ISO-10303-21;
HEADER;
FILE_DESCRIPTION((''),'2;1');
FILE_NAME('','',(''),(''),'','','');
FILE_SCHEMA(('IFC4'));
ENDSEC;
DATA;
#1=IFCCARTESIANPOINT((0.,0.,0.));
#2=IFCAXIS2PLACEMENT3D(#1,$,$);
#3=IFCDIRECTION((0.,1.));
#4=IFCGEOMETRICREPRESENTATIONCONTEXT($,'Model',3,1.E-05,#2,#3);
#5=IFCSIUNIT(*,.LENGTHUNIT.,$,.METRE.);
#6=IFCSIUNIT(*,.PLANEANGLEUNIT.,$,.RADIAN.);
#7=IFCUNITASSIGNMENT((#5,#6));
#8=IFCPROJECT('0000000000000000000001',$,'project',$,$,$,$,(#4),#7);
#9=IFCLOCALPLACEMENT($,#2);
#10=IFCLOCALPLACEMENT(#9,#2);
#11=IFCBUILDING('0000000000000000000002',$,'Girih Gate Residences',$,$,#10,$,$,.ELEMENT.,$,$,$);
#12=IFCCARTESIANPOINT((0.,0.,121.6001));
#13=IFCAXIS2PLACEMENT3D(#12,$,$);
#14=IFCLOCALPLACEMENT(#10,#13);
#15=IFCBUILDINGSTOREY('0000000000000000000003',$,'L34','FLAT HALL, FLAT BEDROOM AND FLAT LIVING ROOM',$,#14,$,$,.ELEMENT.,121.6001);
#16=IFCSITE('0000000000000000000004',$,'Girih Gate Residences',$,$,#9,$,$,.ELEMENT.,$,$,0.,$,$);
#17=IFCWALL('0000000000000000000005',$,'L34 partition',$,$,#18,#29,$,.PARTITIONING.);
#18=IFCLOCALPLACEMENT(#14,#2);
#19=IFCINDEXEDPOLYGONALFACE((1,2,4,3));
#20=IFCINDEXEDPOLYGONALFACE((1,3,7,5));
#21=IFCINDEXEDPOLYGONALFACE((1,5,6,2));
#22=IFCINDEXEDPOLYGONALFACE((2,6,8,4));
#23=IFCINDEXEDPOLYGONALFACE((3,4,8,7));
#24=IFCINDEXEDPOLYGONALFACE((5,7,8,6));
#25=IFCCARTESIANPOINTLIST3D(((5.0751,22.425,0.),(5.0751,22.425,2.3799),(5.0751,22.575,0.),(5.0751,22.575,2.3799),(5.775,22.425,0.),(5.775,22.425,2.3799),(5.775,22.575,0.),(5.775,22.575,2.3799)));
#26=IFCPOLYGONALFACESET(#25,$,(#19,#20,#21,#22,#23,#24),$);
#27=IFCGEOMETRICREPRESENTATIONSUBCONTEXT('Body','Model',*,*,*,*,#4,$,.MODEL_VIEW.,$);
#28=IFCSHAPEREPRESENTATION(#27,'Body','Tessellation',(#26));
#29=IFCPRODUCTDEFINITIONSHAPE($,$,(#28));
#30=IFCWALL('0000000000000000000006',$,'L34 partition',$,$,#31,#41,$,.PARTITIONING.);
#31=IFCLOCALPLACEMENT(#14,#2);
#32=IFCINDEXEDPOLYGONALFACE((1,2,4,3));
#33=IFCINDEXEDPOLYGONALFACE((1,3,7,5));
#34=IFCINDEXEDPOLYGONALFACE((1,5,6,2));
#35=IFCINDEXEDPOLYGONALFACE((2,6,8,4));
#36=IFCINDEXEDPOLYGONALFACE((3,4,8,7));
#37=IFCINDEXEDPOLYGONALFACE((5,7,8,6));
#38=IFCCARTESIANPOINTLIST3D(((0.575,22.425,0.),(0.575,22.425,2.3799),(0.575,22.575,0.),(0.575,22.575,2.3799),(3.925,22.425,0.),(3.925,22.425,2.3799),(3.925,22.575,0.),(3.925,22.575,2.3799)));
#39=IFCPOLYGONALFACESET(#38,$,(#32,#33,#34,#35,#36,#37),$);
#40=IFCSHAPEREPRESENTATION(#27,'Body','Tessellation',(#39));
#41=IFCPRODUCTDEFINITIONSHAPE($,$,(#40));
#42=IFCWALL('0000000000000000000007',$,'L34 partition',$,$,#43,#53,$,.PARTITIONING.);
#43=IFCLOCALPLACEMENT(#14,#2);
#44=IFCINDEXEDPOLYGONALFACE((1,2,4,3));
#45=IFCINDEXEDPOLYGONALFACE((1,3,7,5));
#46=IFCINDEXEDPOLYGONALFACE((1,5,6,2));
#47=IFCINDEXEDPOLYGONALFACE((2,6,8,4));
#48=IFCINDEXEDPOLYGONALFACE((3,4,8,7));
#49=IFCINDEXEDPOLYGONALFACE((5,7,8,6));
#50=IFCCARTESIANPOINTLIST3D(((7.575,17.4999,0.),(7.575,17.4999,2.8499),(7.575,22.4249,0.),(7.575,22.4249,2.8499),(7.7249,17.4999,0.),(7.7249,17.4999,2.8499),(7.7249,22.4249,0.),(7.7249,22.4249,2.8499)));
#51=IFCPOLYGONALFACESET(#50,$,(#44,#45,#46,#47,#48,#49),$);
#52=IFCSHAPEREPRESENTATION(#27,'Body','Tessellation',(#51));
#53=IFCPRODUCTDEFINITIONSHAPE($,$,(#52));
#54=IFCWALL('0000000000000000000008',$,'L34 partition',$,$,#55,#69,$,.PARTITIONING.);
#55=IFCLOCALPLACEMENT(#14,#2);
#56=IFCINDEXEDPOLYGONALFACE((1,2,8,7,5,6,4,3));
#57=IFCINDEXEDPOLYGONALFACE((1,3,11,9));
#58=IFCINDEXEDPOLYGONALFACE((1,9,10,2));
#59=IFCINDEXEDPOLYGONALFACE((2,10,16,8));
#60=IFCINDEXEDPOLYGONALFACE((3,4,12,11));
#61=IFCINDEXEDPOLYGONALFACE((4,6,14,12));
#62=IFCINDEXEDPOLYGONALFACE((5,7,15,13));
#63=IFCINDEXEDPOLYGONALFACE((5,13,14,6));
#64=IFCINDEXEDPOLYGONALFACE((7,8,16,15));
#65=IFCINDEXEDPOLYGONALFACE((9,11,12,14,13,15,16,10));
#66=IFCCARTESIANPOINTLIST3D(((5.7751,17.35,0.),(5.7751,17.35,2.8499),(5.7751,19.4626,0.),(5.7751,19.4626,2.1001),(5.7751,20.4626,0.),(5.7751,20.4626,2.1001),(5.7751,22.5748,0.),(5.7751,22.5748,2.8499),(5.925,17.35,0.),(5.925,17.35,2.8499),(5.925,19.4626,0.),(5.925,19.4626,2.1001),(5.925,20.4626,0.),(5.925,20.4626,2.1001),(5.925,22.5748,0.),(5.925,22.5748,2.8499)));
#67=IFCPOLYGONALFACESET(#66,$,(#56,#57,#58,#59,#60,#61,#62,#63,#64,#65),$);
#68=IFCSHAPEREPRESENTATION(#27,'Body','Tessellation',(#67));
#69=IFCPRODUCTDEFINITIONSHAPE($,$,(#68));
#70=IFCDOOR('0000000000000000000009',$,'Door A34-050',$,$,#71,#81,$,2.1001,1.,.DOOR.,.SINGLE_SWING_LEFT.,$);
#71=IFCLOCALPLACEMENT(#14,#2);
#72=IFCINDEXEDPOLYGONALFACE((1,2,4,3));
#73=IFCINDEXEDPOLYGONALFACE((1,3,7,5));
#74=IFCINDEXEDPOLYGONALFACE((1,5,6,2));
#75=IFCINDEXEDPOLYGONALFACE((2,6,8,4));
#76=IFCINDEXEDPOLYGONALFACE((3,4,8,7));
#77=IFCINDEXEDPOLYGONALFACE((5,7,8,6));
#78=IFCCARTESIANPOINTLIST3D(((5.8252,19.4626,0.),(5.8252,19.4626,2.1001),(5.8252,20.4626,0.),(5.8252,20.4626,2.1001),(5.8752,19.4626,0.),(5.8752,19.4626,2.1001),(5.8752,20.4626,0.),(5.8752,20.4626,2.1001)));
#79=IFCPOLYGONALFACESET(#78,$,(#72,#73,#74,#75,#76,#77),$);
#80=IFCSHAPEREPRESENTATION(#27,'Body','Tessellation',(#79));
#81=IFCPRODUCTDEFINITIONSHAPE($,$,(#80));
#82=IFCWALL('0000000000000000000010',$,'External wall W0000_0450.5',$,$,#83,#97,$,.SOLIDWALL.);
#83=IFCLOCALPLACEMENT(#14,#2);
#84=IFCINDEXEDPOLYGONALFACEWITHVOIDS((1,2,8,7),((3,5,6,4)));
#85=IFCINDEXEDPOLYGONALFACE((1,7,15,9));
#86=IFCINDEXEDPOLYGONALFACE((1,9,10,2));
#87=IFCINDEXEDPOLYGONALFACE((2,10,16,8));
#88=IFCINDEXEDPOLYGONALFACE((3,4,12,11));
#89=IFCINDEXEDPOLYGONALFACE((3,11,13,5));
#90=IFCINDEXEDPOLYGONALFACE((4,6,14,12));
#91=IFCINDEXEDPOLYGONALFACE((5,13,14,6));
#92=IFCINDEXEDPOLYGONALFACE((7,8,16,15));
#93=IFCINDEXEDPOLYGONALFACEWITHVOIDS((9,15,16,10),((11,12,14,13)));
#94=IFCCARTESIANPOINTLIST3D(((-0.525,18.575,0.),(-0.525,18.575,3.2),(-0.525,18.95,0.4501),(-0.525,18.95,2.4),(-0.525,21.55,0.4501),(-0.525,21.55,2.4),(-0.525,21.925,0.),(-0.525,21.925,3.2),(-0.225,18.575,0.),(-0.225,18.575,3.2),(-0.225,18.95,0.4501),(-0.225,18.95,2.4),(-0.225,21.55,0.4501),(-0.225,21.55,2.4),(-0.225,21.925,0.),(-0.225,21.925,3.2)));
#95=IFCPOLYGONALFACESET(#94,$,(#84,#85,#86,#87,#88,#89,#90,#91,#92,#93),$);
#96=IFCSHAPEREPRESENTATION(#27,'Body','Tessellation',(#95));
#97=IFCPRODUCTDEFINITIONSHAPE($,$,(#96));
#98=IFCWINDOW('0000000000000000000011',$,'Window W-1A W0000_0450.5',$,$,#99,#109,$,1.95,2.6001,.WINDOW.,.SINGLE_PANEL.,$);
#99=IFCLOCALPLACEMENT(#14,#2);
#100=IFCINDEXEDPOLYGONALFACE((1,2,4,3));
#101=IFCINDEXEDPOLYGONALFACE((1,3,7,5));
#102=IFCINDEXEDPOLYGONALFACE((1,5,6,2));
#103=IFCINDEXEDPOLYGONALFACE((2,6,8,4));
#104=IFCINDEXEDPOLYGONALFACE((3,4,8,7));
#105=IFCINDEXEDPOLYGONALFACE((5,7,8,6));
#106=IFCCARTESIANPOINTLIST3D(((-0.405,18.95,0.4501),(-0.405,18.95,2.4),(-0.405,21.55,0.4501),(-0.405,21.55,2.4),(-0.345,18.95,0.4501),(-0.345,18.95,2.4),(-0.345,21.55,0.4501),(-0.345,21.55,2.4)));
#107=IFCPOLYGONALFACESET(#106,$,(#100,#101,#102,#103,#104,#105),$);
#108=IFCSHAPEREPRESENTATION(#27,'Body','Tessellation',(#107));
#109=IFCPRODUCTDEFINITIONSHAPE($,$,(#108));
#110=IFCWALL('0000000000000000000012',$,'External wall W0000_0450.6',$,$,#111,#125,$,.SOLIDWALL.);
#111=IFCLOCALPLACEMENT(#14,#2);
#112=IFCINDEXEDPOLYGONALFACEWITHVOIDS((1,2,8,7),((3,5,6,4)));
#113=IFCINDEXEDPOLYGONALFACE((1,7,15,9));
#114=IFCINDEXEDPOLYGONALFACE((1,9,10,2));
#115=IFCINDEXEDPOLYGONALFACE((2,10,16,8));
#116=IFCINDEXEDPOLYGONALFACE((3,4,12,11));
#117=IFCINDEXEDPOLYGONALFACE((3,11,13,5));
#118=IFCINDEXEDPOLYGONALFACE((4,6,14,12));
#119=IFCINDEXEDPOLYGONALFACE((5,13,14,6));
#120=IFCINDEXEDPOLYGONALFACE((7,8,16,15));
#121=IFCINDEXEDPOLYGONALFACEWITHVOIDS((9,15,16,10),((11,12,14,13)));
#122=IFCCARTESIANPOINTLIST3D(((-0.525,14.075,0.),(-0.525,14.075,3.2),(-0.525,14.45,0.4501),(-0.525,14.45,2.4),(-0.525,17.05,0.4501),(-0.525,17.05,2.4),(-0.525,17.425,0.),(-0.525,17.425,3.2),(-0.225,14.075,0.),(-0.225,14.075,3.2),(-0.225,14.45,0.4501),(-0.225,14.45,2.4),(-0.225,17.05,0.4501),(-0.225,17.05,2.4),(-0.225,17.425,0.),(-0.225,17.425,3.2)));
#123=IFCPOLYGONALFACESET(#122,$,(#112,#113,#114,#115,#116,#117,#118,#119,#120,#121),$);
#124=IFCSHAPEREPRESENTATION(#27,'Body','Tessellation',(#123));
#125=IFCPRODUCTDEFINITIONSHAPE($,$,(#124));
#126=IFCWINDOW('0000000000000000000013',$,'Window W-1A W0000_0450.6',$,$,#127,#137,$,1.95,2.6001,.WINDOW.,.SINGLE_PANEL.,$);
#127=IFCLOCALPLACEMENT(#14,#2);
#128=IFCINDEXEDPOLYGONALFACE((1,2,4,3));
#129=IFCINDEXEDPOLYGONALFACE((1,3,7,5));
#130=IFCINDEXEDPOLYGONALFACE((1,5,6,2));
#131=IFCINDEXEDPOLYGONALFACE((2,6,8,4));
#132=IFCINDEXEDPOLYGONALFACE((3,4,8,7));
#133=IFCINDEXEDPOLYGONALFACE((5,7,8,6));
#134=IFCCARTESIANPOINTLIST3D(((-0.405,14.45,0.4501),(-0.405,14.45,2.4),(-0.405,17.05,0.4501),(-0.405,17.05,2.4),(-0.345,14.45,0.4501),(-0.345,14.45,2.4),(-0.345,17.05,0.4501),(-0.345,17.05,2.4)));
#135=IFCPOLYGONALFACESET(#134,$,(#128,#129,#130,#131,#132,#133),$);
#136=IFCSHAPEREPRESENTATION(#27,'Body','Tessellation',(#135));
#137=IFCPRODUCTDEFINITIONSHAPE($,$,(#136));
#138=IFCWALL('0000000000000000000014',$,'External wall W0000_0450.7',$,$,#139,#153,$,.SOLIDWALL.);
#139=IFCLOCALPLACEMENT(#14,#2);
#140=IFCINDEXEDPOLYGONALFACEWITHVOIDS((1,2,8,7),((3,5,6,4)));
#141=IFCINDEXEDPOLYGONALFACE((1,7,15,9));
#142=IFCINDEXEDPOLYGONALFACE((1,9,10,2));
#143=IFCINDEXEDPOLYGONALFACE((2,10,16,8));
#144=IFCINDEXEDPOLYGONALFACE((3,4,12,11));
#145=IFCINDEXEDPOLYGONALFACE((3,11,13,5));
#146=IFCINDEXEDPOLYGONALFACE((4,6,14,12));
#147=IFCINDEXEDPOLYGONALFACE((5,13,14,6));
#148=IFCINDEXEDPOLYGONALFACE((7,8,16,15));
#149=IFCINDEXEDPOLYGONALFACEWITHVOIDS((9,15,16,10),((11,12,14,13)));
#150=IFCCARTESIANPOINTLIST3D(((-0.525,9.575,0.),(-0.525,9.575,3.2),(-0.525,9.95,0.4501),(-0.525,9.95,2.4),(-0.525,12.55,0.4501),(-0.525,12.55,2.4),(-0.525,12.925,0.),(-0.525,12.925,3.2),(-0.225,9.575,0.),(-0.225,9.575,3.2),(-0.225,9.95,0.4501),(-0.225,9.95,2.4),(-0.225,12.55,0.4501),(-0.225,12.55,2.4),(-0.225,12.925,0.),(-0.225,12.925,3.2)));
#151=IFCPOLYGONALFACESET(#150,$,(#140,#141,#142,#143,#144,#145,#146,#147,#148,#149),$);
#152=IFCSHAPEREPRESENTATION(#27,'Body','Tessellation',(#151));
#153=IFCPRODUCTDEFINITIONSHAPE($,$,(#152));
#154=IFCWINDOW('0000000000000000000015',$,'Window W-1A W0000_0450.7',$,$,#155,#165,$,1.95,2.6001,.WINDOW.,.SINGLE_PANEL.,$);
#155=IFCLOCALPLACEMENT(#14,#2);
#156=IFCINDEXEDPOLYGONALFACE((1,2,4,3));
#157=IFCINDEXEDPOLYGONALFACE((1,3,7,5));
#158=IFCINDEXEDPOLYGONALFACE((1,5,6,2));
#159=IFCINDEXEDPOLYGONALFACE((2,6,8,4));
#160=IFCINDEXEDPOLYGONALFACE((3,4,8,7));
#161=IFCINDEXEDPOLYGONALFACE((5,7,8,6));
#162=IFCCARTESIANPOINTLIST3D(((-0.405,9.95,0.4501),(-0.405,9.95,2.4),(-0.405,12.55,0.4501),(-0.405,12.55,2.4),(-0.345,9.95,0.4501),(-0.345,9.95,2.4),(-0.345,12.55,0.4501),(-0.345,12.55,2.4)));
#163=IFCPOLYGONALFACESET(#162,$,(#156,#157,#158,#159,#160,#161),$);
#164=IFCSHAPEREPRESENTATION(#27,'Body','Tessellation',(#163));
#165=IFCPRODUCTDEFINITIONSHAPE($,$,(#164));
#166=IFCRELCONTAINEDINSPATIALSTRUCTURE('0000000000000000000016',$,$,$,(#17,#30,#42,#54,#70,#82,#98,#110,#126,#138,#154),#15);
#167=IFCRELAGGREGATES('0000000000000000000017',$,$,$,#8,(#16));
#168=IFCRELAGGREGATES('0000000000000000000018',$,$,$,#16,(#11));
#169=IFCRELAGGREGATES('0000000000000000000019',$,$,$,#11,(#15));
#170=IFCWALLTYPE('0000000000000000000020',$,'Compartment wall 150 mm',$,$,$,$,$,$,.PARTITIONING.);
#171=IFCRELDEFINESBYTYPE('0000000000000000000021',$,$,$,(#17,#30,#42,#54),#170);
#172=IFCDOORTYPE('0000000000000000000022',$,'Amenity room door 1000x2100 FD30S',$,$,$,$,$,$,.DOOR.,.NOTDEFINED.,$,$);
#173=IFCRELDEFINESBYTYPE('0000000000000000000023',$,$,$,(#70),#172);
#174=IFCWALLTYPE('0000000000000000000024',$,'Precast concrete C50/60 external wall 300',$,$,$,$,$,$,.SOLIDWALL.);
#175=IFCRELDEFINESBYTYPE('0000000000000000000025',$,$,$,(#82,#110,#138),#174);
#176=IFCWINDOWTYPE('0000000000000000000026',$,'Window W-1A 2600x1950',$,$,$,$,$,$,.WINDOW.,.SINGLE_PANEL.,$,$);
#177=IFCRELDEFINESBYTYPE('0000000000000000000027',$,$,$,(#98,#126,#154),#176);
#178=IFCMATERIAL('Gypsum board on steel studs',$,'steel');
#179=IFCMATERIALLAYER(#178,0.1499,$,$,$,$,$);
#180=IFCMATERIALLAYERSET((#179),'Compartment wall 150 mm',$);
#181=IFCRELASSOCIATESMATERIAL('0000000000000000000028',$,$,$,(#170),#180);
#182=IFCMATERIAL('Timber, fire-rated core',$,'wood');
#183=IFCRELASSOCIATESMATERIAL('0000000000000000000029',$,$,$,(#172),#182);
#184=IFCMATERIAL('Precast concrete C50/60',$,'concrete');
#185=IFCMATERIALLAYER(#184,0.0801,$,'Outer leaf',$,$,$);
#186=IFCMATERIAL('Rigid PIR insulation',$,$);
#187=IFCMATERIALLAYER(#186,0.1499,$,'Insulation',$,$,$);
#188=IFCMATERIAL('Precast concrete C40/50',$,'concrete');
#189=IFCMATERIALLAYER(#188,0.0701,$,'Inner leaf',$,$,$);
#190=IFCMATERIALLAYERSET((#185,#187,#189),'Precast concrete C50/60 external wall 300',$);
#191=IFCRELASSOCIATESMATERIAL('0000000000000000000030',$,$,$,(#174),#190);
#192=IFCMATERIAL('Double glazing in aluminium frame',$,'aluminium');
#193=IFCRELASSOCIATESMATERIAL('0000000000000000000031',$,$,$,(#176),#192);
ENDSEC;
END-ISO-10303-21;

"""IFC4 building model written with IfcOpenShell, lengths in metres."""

from ifc_helpers import new_model, si_unit, direction, frame, frame_2d, origin, place, context, subcontext, project, spatial, rectangle, extrude, material, layer, layer_set, type_object, element, fill, save


model = new_model("IFC4")

# Units and contexts
model_context = context("Model", 3, precision=1e-05, world=origin(), true_north=direction((0.0, 1.0)))
body_context = subcontext(model_context, "Body", "Model", "MODEL_VIEW")
ifc_project = project(units=[si_unit("LENGTHUNIT", "METRE"), si_unit("PLANEANGLEUNIT", "RADIAN")], contexts=[model_context])

# Site, building, storey
site_placement = place(None, origin())
site = spatial("IfcSite", under=ifc_project, at=site_placement, Name="Girih Gate Residences", CompositionType="ELEMENT", RefElevation=0.0)
building_placement = place(site_placement, origin())
building = spatial("IfcBuilding", under=site, at=building_placement, Name="Girih Gate Residences", CompositionType="ELEMENT")
storey_placement = place(building_placement, frame((0.0, 0.0, 121.6001)))
storey = spatial("IfcBuildingStorey", under=building, at=storey_placement, Name="L34", Description="FLAT HALL, FLAT BEDROOM AND FLAT LIVING ROOM", CompositionType="ELEMENT", Elevation=121.6001)

# Shared definitions
ifc_material_1 = material(Name="Gypsum board on steel studs", Category="steel")
ifc_layer_1 = layer(ifc_material_1, 0.1499)
ifc_layer_set_1 = layer_set([ifc_layer_1], Name="Compartment wall 150 mm")
wall_type_1 = type_object("IfcWallType", Name="Compartment wall 150 mm", PredefinedType="PARTITIONING", material=ifc_layer_set_1)

# Walls
wall_1_placement = place(storey_placement, frame((5.075, 22.5, 0.0), z_axis=(0.0, 0.0, 1.0), x_axis=(1.0, 0.0, 0.0)))
element("IfcWall", 1, at=wall_1_placement, inside=storey, type_object=wall_type_1, Name="L34 partition", PredefinedType="PARTITIONING", context=body_context, shape_type="SweptSolid", body=[
    extrude(rectangle(XDim=0.7, YDim=0.1499, at=frame_2d((0.3501, 0.0))), origin(), (0.0, 0.0, 1.0), 2.3799),
])
wall_2_placement = place(storey_placement, frame((0.575, 22.5, 0.0), z_axis=(0.0, 0.0, 1.0), x_axis=(1.0, 0.0, 0.0)))
element("IfcWall", 2, at=wall_2_placement, inside=storey, type_object=wall_type_1, Name="L34 partition", PredefinedType="PARTITIONING", context=body_context, shape_type="SweptSolid", body=[
    extrude(rectangle(XDim=3.3501, YDim=0.1499, at=frame_2d((1.675, 0.0))), origin(), (0.0, 0.0, 1.0), 2.3799),
])
wall_3_placement = place(storey_placement, frame((7.6499, 17.5, 0.0), z_axis=(0.0, 0.0, 1.0), x_axis=(0.0, 1.0, 0.0)))
element("IfcWall", 3, at=wall_3_placement, inside=storey, type_object=wall_type_1, Name="L34 partition", PredefinedType="PARTITIONING", context=body_context, shape_type="SweptSolid", body=[
    extrude(rectangle(XDim=4.925, YDim=0.1499, at=frame_2d((2.4624, 0.0))), origin(), (0.0, 0.0, 1.0), 2.8499),
])

# Wall, opening, door
wall_4_placement = place(storey_placement, frame((5.8501, 17.3501, 0.0), z_axis=(0.0, 0.0, 1.0), x_axis=(0.0, 1.0, 0.0)))
wall_4 = element("IfcWall", 4, at=wall_4_placement, inside=storey, type_object=wall_type_1, Name="L34 partition", PredefinedType="PARTITIONING", context=body_context, shape_type="SweptSolid", body=[
    extrude(rectangle(XDim=5.2249, YDim=0.1499, at=frame_2d((2.6123, 0.0))), origin(), (0.0, 0.0, 1.0), 2.8499),
])
opening_1_placement = place(wall_4_placement, frame((2.1125, 0.0, 0.0)))
opening_1 = element("IfcOpeningElement", 5, at=opening_1_placement, cuts=wall_4, PredefinedType="OPENING", context=body_context, shape_type="SweptSolid", body=[
    extrude(rectangle(XDim=1.0, YDim=2.1001, at=frame_2d((0.5, 1.05))), frame((0.0, 0.085, 0.0), z_axis=(0.0, -1.0, 0.0), x_axis=(1.0, 0.0, 0.0)), (0.0, 0.0, 1.0), 0.1699),
])
ifc_material_2 = material(Name="Timber, fire-rated core", Category="wood")
door_type_1 = type_object("IfcDoorType", Name="Amenity room door 1000x2100 FD30S", OperationType="NOTDEFINED", PredefinedType="DOOR", material=ifc_material_2)
door_1_placement = place(opening_1_placement, origin())
door_1 = element("IfcDoor", 6, at=door_1_placement, inside=storey, type_object=door_type_1, Name="Door A34-050", OperationType="SINGLE_SWING_LEFT", OverallHeight=2.1001, OverallWidth=1.0, PredefinedType="DOOR", context=body_context, shape_type="SweptSolid", body=[
    extrude(rectangle(XDim=1.0, YDim=2.1001, at=frame_2d((0.5, 1.05))), frame((0.0, 0.0249, 0.0), z_axis=(0.0, -1.0, 0.0), x_axis=(1.0, 0.0, 0.0)), (0.0, 0.0, 1.0), 0.05),
])
fill(opening_1, door_1)

# Walls, openings, windows
ifc_material_3 = material(Name="Precast concrete C50/60", Category="concrete")
ifc_layer_2 = layer(ifc_material_3, 0.0801, Name="Outer leaf")
ifc_material_4 = material(Name="Rigid PIR insulation")
ifc_layer_3 = layer(ifc_material_4, 0.1499, Name="Insulation")
ifc_material_5 = material(Name="Precast concrete C40/50", Category="concrete")
ifc_layer_4 = layer(ifc_material_5, 0.0701, Name="Inner leaf")
ifc_layer_set_2 = layer_set([ifc_layer_2, ifc_layer_3, ifc_layer_4], Name="Precast concrete C50/60 external wall 300")
wall_type_2 = type_object("IfcWallType", Name="Precast concrete C50/60 external wall 300", PredefinedType="SOLIDWALL", material=ifc_layer_set_2)
wall_5_placement = place(storey_placement, frame((-0.375, 18.575, 0.0), z_axis=(0.0, 0.0, 1.0), x_axis=(0.0, 1.0, 0.0)))
wall_5 = element("IfcWall", 7, at=wall_5_placement, inside=storey, type_object=wall_type_2, Name="External wall W0000_0450.5", PredefinedType="SOLIDWALL", context=body_context, shape_type="SweptSolid", body=[
    extrude(rectangle(XDim=3.3501, YDim=0.3, at=frame_2d((1.675, 0.0))), origin(), (0.0, 0.0, 1.0), 3.2),
])
opening_2_placement = place(wall_5_placement, frame((0.375, 0.0, 0.45)))
opening_2 = element("IfcOpeningElement", 8, at=opening_2_placement, cuts=wall_5, PredefinedType="OPENING", context=body_context, shape_type="SweptSolid", body=[
    extrude(rectangle(XDim=2.6001, YDim=1.95, at=frame_2d((1.3, 0.9751))), frame((0.0, 0.1599, 0.0), z_axis=(0.0, -1.0, 0.0), x_axis=(1.0, 0.0, 0.0)), (0.0, 0.0, 1.0), 0.3201),
])
ifc_material_6 = material(Name="Double glazing in aluminium frame", Category="aluminium")
window_type = type_object("IfcWindowType", Name="Window W-1A 2600x1950", PartitioningType="SINGLE_PANEL", PredefinedType="WINDOW", material=ifc_material_6)
window_1_placement = place(opening_2_placement, origin())
window_1 = element("IfcWindow", 9, at=window_1_placement, inside=storey, type_object=window_type, Name="Window W-1A W0000_0450.5", OverallHeight=1.95, OverallWidth=2.6001, PartitioningType="SINGLE_PANEL", PredefinedType="WINDOW", context=body_context, shape_type="SweptSolid", body=[
    extrude(rectangle(XDim=2.6001, YDim=1.95, at=frame_2d((1.3, 0.9751))), frame((0.0, 0.03, 0.0), z_axis=(0.0, -1.0, 0.0), x_axis=(1.0, 0.0, 0.0)), (0.0, 0.0, 1.0), 0.0601),
])
fill(opening_2, window_1)
wall_6_placement = place(storey_placement, frame((-0.375, 14.075, 0.0), z_axis=(0.0, 0.0, 1.0), x_axis=(0.0, 1.0, 0.0)))
wall_6 = element("IfcWall", 10, at=wall_6_placement, inside=storey, type_object=wall_type_2, Name="External wall W0000_0450.6", PredefinedType="SOLIDWALL", context=body_context, shape_type="SweptSolid", body=[
    extrude(rectangle(XDim=3.3501, YDim=0.3, at=frame_2d((1.675, 0.0))), origin(), (0.0, 0.0, 1.0), 3.2),
])
opening_3_placement = place(wall_6_placement, frame((0.375, 0.0, 0.45)))
opening_3 = element("IfcOpeningElement", 11, at=opening_3_placement, cuts=wall_6, PredefinedType="OPENING", context=body_context, shape_type="SweptSolid", body=[
    extrude(rectangle(XDim=2.6001, YDim=1.95, at=frame_2d((1.3, 0.9751))), frame((0.0, 0.1599, 0.0), z_axis=(0.0, -1.0, 0.0), x_axis=(1.0, 0.0, 0.0)), (0.0, 0.0, 1.0), 0.3201),
])
window_2_placement = place(opening_3_placement, origin())
window_2 = element("IfcWindow", 12, at=window_2_placement, inside=storey, type_object=window_type, Name="Window W-1A W0000_0450.6", OverallHeight=1.95, OverallWidth=2.6001, PartitioningType="SINGLE_PANEL", PredefinedType="WINDOW", context=body_context, shape_type="SweptSolid", body=[
    extrude(rectangle(XDim=2.6001, YDim=1.95, at=frame_2d((1.3, 0.9751))), frame((0.0, 0.03, 0.0), z_axis=(0.0, -1.0, 0.0), x_axis=(1.0, 0.0, 0.0)), (0.0, 0.0, 1.0), 0.0601),
])
fill(opening_3, window_2)
wall_7_placement = place(storey_placement, frame((-0.375, 9.575, 0.0), z_axis=(0.0, 0.0, 1.0), x_axis=(0.0, 1.0, 0.0)))
wall_7 = element("IfcWall", 13, at=wall_7_placement, inside=storey, type_object=wall_type_2, Name="External wall W0000_0450.7", PredefinedType="SOLIDWALL", context=body_context, shape_type="SweptSolid", body=[
    extrude(rectangle(XDim=3.3501, YDim=0.3, at=frame_2d((1.675, 0.0))), origin(), (0.0, 0.0, 1.0), 3.2),
])
opening_4_placement = place(wall_7_placement, frame((0.375, 0.0, 0.45)))
opening_4 = element("IfcOpeningElement", 14, at=opening_4_placement, cuts=wall_7, PredefinedType="OPENING", context=body_context, shape_type="SweptSolid", body=[
    extrude(rectangle(XDim=2.6001, YDim=1.95, at=frame_2d((1.3, 0.9751))), frame((0.0, 0.1599, 0.0), z_axis=(0.0, -1.0, 0.0), x_axis=(1.0, 0.0, 0.0)), (0.0, 0.0, 1.0), 0.3201),
])
window_3_placement = place(opening_4_placement, origin())
window_3 = element("IfcWindow", 15, at=window_3_placement, inside=storey, type_object=window_type, Name="Window W-1A W0000_0450.7", OverallHeight=1.95, OverallWidth=2.6001, PartitioningType="SINGLE_PANEL", PredefinedType="WINDOW", context=body_context, shape_type="SweptSolid", body=[
    extrude(rectangle(XDim=2.6001, YDim=1.95, at=frame_2d((1.3, 0.9751))), frame((0.0, 0.03, 0.0), z_axis=(0.0, -1.0, 0.0), x_axis=(1.0, 0.0, 0.0)), (0.0, 0.0, 1.0), 0.0601),
])
fill(opening_4, window_3)

save(model, "model.ifc")
